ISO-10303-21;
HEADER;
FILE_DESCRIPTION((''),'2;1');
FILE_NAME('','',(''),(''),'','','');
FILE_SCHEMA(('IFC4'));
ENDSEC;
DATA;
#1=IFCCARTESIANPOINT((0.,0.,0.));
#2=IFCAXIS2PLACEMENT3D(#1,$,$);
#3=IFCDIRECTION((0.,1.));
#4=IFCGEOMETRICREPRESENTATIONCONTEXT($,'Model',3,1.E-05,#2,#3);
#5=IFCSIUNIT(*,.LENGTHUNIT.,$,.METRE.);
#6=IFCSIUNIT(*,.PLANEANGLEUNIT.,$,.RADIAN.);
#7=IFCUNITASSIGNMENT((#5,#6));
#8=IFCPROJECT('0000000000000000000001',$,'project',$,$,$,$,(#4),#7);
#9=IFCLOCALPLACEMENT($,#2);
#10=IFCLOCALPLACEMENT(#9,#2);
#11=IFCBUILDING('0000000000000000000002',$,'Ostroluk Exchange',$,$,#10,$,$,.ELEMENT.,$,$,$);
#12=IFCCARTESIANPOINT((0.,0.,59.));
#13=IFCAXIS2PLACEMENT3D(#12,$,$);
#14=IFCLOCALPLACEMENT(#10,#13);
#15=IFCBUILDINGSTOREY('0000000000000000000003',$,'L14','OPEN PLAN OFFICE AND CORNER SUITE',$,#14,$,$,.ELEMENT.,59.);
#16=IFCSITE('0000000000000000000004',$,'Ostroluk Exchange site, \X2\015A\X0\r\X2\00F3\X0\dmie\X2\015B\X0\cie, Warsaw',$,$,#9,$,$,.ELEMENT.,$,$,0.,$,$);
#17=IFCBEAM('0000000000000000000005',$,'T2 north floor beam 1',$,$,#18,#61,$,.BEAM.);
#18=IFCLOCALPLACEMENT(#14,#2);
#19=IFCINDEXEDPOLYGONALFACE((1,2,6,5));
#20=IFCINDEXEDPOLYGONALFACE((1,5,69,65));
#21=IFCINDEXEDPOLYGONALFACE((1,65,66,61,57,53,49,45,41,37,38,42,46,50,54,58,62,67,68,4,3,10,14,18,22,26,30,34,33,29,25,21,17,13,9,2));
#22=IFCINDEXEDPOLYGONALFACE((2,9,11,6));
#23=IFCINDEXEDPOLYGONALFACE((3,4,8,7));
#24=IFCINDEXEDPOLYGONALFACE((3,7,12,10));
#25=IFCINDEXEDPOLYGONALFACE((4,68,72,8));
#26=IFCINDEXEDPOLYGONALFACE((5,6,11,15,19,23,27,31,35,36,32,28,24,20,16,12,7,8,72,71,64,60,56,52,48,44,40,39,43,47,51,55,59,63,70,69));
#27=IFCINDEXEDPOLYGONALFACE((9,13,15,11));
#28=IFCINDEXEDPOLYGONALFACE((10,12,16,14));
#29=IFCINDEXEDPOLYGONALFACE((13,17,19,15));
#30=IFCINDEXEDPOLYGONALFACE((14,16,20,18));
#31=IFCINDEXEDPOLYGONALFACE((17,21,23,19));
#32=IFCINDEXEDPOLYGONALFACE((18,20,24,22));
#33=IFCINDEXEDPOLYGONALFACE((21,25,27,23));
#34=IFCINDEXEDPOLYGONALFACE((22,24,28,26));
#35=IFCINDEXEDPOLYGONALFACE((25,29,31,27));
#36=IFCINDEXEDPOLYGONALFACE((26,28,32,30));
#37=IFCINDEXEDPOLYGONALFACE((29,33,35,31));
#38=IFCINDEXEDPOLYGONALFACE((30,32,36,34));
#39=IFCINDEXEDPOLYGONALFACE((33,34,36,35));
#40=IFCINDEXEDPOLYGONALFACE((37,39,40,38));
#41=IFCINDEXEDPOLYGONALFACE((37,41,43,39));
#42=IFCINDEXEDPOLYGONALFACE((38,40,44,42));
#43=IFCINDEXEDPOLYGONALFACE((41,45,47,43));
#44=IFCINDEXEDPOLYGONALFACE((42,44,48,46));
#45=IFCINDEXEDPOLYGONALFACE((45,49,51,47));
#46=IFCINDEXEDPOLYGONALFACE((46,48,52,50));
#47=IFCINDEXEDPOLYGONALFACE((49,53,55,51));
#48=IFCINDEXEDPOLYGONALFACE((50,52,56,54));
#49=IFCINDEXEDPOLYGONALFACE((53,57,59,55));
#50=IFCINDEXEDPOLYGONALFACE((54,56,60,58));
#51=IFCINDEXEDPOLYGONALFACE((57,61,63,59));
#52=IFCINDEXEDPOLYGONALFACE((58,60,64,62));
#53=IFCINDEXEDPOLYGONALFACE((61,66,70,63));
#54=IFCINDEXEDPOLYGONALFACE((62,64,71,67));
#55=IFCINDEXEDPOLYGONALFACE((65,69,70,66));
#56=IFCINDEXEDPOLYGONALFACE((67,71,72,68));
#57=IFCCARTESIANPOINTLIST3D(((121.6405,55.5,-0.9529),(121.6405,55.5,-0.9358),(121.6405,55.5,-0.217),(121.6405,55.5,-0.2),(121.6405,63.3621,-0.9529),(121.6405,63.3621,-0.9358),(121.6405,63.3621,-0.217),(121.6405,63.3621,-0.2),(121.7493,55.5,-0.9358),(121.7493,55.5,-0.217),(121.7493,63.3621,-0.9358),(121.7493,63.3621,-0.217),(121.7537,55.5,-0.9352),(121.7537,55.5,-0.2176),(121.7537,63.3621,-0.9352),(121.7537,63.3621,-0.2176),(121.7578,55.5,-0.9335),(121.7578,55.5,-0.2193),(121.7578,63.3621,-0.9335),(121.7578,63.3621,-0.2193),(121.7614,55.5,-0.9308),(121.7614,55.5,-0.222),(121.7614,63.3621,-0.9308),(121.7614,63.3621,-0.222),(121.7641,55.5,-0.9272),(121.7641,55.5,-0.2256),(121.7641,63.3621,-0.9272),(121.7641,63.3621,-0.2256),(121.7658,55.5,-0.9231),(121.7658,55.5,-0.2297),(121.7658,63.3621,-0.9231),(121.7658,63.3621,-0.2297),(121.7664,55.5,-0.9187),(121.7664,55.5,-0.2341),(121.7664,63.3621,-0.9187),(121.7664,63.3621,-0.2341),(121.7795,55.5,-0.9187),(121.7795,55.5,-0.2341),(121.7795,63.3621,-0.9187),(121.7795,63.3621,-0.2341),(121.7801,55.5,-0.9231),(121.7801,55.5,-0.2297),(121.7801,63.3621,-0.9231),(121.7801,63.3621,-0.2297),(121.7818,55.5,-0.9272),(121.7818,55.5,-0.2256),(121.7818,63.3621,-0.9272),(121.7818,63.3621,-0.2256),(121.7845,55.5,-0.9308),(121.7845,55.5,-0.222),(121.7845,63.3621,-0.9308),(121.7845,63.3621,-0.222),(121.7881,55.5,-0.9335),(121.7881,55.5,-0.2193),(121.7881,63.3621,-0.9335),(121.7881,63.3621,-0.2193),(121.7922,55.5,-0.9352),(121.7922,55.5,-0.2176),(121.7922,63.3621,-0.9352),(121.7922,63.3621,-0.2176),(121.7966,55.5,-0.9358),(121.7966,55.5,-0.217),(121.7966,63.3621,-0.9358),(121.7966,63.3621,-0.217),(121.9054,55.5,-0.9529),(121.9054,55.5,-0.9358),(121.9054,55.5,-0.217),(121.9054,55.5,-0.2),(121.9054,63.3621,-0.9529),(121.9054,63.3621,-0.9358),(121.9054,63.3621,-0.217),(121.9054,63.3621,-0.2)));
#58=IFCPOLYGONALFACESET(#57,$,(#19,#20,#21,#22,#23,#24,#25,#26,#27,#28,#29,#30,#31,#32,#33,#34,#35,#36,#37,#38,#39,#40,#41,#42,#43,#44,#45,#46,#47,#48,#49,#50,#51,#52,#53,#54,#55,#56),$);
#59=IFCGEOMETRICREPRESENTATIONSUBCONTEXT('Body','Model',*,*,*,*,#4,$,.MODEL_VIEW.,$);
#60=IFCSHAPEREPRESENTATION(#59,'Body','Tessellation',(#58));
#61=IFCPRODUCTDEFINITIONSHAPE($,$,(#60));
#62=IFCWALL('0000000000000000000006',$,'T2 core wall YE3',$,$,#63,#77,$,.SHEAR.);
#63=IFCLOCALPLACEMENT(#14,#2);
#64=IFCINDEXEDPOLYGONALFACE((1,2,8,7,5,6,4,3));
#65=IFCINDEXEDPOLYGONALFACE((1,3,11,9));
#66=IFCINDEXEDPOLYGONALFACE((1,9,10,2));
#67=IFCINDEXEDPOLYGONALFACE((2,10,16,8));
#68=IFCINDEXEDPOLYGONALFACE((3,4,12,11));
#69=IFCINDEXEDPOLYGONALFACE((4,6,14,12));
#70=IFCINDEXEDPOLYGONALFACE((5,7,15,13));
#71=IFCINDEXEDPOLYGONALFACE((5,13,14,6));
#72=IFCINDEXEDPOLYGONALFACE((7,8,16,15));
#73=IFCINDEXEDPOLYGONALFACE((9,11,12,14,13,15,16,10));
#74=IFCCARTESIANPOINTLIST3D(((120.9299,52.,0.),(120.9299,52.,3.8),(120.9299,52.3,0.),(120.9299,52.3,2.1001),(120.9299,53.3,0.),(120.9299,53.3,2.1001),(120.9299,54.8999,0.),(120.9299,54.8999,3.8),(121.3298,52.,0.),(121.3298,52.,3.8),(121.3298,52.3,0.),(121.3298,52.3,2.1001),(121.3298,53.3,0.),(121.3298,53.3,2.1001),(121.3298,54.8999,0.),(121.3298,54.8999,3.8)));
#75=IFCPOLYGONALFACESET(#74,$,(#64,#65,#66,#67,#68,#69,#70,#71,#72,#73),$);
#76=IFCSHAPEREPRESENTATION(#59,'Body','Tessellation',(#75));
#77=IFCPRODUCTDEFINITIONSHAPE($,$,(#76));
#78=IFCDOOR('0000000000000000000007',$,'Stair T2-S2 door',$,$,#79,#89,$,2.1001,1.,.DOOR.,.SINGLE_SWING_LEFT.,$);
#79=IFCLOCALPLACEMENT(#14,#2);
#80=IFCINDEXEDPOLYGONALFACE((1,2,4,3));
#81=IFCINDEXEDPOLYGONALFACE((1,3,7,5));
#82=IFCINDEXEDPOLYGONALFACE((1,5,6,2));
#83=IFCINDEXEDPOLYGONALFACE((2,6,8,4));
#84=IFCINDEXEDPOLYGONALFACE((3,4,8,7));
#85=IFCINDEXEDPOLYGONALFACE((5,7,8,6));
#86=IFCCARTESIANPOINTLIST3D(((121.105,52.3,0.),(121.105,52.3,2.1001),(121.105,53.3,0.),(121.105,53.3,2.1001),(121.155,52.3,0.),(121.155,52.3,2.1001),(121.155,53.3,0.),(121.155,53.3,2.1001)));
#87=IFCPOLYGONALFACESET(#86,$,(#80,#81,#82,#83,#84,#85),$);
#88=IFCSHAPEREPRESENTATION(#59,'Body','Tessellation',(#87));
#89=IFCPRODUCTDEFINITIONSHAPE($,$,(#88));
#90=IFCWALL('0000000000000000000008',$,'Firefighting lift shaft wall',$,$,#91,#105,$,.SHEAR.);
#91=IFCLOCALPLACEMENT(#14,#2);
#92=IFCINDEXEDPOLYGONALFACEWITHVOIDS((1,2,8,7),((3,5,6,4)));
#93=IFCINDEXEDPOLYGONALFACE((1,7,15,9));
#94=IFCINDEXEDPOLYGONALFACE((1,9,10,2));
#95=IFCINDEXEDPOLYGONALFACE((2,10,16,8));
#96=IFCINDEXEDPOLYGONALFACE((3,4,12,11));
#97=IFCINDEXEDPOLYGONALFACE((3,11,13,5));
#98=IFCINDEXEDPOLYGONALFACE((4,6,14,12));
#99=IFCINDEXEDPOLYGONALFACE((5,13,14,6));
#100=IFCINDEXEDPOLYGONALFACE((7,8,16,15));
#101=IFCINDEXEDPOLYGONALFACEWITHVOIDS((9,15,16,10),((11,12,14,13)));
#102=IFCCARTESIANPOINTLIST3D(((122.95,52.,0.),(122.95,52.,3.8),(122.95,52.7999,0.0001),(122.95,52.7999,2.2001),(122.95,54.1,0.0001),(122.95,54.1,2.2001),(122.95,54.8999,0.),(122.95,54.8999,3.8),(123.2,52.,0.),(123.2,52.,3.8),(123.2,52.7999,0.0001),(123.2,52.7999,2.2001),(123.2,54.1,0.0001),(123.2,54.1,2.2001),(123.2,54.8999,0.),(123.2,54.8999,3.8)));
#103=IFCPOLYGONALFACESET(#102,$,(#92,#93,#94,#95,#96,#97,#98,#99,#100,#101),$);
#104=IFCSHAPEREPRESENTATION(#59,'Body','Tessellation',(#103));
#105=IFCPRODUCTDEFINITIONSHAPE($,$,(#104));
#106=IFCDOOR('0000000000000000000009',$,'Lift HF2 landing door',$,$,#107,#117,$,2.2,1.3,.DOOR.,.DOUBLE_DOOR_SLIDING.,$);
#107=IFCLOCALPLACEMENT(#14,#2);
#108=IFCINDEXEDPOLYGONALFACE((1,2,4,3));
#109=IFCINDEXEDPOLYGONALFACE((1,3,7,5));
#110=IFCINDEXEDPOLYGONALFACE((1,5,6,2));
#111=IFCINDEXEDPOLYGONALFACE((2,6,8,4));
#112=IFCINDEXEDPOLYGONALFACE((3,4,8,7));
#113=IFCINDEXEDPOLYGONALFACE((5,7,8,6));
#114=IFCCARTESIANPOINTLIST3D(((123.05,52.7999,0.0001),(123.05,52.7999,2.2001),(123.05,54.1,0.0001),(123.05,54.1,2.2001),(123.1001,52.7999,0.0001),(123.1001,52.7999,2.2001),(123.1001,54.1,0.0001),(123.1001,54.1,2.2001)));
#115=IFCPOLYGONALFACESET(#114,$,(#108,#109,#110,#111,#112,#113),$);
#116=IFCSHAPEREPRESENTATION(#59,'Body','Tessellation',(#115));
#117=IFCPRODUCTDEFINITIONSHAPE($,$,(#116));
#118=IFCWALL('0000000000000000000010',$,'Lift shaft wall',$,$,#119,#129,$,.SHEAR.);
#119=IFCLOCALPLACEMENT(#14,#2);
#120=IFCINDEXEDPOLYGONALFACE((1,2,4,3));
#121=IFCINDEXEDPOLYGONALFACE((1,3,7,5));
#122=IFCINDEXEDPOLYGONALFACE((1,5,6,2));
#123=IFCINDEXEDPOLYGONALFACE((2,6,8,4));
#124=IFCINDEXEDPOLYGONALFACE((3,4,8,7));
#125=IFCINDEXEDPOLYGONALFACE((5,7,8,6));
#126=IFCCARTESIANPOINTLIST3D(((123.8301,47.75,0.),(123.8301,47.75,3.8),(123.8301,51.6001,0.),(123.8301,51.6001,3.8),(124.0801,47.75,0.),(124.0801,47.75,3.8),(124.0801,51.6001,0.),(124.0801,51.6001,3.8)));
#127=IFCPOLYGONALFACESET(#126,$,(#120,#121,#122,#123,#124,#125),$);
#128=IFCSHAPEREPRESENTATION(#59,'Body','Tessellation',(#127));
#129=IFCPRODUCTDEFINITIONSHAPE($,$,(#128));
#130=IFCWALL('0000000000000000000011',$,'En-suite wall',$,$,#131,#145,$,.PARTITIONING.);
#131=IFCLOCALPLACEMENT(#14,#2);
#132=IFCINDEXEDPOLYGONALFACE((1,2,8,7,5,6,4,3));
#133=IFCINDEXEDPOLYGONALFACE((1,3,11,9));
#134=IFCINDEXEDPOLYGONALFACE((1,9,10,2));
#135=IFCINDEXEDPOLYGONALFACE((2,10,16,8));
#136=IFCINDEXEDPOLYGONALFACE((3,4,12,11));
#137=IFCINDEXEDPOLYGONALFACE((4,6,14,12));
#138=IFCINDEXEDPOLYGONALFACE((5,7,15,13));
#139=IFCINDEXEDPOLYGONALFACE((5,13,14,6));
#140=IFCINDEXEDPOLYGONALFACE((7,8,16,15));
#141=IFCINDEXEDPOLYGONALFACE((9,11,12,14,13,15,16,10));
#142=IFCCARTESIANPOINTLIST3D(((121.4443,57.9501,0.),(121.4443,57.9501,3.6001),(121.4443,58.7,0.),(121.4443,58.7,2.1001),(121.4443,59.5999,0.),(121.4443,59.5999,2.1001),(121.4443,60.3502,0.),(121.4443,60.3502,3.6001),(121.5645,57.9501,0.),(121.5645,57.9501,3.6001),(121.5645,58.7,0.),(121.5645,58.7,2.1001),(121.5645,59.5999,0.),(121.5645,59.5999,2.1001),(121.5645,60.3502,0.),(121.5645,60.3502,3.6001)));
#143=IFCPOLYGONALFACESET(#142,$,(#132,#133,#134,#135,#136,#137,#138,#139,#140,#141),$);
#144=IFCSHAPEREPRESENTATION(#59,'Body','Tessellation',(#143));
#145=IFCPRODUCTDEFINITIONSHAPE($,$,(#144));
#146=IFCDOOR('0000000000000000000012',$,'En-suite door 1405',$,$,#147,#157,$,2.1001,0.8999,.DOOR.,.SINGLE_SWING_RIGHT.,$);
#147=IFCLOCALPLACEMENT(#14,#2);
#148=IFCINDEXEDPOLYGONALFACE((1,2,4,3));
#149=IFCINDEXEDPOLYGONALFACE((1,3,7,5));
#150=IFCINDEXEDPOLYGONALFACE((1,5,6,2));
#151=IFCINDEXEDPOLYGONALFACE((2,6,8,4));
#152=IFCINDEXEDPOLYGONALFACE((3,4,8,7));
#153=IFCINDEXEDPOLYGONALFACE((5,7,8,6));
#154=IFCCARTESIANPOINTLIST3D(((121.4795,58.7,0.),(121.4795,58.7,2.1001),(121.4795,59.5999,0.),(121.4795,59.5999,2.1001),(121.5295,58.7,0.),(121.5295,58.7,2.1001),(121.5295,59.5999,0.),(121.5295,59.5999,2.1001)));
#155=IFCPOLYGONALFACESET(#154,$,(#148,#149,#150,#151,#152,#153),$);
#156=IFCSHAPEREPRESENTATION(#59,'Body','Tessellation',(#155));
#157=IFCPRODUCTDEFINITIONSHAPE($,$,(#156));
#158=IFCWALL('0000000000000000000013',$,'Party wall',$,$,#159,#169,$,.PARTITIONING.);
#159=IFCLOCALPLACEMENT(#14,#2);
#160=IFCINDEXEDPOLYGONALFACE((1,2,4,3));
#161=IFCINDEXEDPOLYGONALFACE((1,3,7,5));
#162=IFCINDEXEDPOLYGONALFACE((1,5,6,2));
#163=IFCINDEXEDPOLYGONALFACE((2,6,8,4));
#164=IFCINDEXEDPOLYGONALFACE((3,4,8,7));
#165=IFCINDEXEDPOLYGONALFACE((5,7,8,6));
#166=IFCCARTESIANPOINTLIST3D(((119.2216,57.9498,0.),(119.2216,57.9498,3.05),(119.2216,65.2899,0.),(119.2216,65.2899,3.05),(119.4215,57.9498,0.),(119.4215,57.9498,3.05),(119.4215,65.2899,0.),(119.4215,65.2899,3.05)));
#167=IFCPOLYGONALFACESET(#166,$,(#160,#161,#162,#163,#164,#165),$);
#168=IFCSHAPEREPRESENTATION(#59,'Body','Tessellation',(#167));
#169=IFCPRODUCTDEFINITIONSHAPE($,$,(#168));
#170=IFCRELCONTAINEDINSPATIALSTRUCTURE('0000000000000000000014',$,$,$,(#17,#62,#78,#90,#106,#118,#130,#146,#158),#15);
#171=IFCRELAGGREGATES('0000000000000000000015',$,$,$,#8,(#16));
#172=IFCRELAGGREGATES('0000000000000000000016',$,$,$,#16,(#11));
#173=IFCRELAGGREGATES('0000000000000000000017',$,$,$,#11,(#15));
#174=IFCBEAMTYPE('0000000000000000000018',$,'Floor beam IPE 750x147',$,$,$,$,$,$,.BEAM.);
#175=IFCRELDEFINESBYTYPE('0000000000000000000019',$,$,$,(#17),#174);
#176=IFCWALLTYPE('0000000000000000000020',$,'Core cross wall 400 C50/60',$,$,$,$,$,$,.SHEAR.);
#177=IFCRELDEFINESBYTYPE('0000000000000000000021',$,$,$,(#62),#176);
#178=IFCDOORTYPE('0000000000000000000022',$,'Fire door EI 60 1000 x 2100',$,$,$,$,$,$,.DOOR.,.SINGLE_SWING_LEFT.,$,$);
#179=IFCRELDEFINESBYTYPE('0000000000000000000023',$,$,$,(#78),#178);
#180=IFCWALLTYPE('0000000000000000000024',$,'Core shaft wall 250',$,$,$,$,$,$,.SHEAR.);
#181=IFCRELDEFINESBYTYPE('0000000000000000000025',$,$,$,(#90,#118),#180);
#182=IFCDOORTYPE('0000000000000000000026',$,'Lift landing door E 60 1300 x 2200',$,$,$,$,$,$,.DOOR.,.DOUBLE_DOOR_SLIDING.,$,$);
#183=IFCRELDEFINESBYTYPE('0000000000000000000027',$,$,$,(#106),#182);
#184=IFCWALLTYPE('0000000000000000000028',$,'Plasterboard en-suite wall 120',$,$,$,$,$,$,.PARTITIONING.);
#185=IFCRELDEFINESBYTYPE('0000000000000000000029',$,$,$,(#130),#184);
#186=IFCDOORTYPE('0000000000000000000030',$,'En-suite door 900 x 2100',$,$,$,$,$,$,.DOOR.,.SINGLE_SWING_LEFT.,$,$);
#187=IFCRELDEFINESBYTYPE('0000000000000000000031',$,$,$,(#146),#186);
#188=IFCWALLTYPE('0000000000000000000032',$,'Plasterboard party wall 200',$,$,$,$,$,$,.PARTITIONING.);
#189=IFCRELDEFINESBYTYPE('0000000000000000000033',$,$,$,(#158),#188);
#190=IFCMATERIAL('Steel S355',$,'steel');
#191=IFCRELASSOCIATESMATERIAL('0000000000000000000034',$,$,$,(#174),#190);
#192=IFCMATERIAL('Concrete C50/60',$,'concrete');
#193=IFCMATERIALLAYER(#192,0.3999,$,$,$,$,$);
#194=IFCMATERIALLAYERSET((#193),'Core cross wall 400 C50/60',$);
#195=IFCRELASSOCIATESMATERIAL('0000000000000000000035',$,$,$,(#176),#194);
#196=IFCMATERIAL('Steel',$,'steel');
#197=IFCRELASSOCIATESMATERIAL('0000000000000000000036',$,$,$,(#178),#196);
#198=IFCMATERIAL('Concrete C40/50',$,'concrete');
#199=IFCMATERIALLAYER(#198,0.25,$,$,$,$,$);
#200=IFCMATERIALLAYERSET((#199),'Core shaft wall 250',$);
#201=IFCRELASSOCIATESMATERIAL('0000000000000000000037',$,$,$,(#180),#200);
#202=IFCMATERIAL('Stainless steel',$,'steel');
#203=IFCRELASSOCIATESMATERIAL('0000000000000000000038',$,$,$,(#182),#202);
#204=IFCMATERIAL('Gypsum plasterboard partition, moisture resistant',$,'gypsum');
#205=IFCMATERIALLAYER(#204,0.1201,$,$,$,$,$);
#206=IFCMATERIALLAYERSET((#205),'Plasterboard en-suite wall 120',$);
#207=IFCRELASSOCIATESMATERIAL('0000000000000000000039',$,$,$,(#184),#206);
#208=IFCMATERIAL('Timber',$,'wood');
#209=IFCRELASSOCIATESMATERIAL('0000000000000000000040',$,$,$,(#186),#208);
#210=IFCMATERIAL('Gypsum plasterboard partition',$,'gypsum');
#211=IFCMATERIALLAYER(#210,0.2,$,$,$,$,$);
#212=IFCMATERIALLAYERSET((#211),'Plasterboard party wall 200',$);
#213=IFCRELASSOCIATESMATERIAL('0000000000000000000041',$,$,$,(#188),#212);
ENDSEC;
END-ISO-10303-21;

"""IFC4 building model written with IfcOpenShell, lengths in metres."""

from ifc_helpers import new_model, si_unit, direction, frame, frame_2d, origin, origin_2d, place, context, subcontext, project, spatial, rectangle, i_section, extrude, material, layer, layer_set, material_profile, profile_set, type_object, element, fill, save


model = new_model("IFC4")

# Units and contexts
model_context = context("Model", 3, precision=1e-05, world=origin(), true_north=direction((0.0, 1.0)))
body_context = subcontext(model_context, "Body", "Model", "MODEL_VIEW")
ifc_project = project(units=[si_unit("LENGTHUNIT", "METRE"), si_unit("PLANEANGLEUNIT", "RADIAN")], contexts=[model_context])

# Site, building, storey
site_placement = place(None, origin())
site = spatial("IfcSite", under=ifc_project, at=site_placement, Name="Ostroluk Exchange site, Śródmieście, Warsaw", CompositionType="ELEMENT", RefElevation=0.0)
building_placement = place(site_placement, origin())
building = spatial("IfcBuilding", under=site, at=building_placement, Name="Ostroluk Exchange", CompositionType="ELEMENT")
storey_placement = place(building_placement, frame((0.0, 0.0, 59.0)))
storey = spatial("IfcBuildingStorey", under=building, at=storey_placement, Name="L14", Description="OPEN PLAN OFFICE AND CORNER SUITE", CompositionType="ELEMENT", Elevation=59.0)

# Beam
ifc_material_1 = material(Name="Steel S355", Category="steel")
ifc_material_profile = material_profile(ifc_material_1, i_section(OverallWidth=0.2649, OverallDepth=0.7529, WebThickness=0.0132, FlangeThickness=0.0171, FilletRadius=0.0171, at=origin_2d()), Name="IPE 750x147")
ifc_profile_set = profile_set([ifc_material_profile], Name="Steel S355")
beam_type = type_object("IfcBeamType", Name="Floor beam IPE 750x147", PredefinedType="BEAM", material=ifc_profile_set)
beam_placement = place(storey_placement, frame((121.7729, 55.5, -0.5764), z_axis=(0.0, 1.0, 0.0), x_axis=(-1.0, 0.0, 0.0)))
element("IfcBeam", 1, at=beam_placement, inside=storey, type_object=beam_type, Name="T2 north floor beam 1", PredefinedType="BEAM", context=body_context, shape_type="SweptSolid", body=[
    extrude(i_section(OverallWidth=0.2649, OverallDepth=0.7529, WebThickness=0.0132, FlangeThickness=0.0171, FilletRadius=0.0171, at=origin_2d()), origin(), (0.0, 0.0, 1.0), 7.8621),
])

# Walls, openings, doors
ifc_material_2 = material(Name="Concrete C50/60", Category="concrete")
ifc_layer_1 = layer(ifc_material_2, 0.3999)
ifc_layer_set_1 = layer_set([ifc_layer_1], Name="Core cross wall 400 C50/60")
wall_type_1 = type_object("IfcWallType", Name="Core cross wall 400 C50/60", PredefinedType="SHEAR", material=ifc_layer_set_1)
wall_1_placement = place(storey_placement, frame((121.1299, 52.0, 0.0), z_axis=(0.0, 0.0, 1.0), x_axis=(0.0, 1.0, 0.0)))
wall_1 = element("IfcWall", 2, at=wall_1_placement, inside=storey, type_object=wall_type_1, Name="T2 core wall YE3", PredefinedType="SHEAR", context=body_context, shape_type="SweptSolid", body=[
    extrude(rectangle(XDim=2.8999, YDim=0.3999, at=frame_2d((1.45, 0.0))), origin(), (0.0, 0.0, 1.0), 3.8),
])
opening_1_placement = place(wall_1_placement, frame((0.3, 0.0, 0.0)))
opening_1 = element("IfcOpeningElement", 3, at=opening_1_placement, cuts=wall_1, PredefinedType="OPENING", context=body_context, shape_type="SweptSolid", body=[
    extrude(rectangle(XDim=1.0, YDim=2.1001, at=frame_2d((0.5, 1.05))), frame((0.0, 0.21, 0.0), z_axis=(0.0, -1.0, 0.0), x_axis=(1.0, 0.0, 0.0)), (0.0, 0.0, 1.0), 0.4199),
])
ifc_material_3 = material(Name="Steel", Category="steel")
door_type_1 = type_object("IfcDoorType", Name="Fire door EI 60 1000 x 2100", OperationType="SINGLE_SWING_LEFT", PredefinedType="DOOR", material=ifc_material_3)
door_1_placement = place(opening_1_placement, origin())
door_1 = element("IfcDoor", 4, at=door_1_placement, inside=storey, type_object=door_type_1, Name="Stair T2-S2 door", OperationType="SINGLE_SWING_LEFT", OverallHeight=2.1001, OverallWidth=1.0, PredefinedType="DOOR", context=body_context, shape_type="SweptSolid", body=[
    extrude(rectangle(XDim=1.0, YDim=2.1001, at=frame_2d((0.5, 1.05))), frame((0.0, 0.0249, 0.0), z_axis=(0.0, -1.0, 0.0), x_axis=(1.0, 0.0, 0.0)), (0.0, 0.0, 1.0), 0.05),
])
fill(opening_1, door_1)
ifc_material_4 = material(Name="Concrete C40/50", Category="concrete")
ifc_layer_2 = layer(ifc_material_4, 0.25)
ifc_layer_set_2 = layer_set([ifc_layer_2], Name="Core shaft wall 250")
wall_type_2 = type_object("IfcWallType", Name="Core shaft wall 250", PredefinedType="SHEAR", material=ifc_layer_set_2)
wall_2_placement = place(storey_placement, frame((123.075, 52.0, 0.0), z_axis=(0.0, 0.0, 1.0), x_axis=(0.0, 1.0, 0.0)))
wall_2 = element("IfcWall", 5, at=wall_2_placement, inside=storey, type_object=wall_type_2, Name="Firefighting lift shaft wall", PredefinedType="SHEAR", context=body_context, shape_type="SweptSolid", body=[
    extrude(rectangle(XDim=2.8999, YDim=0.25, at=frame_2d((1.45, 0.0))), origin(), (0.0, 0.0, 1.0), 3.8),
])
opening_2_placement = place(wall_2_placement, frame((0.8, 0.0, 0.0)))
opening_2 = element("IfcOpeningElement", 6, at=opening_2_placement, cuts=wall_2, PredefinedType="OPENING", context=body_context, shape_type="SweptSolid", body=[
    extrude(rectangle(XDim=1.3, YDim=2.2, at=frame_2d((0.6499, 1.1001))), frame((0.0, 0.135, 0.0), z_axis=(0.0, -1.0, 0.0), x_axis=(1.0, 0.0, 0.0)), (0.0, 0.0, 1.0), 0.27),
])
ifc_material_5 = material(Name="Stainless steel", Category="steel")
door_type_2 = type_object("IfcDoorType", Name="Lift landing door E 60 1300 x 2200", OperationType="DOUBLE_DOOR_SLIDING", PredefinedType="DOOR", material=ifc_material_5)
door_2_placement = place(opening_2_placement, origin())
door_2 = element("IfcDoor", 7, at=door_2_placement, inside=storey, type_object=door_type_2, Name="Lift HF2 landing door", OperationType="DOUBLE_DOOR_SLIDING", OverallHeight=2.2, OverallWidth=1.3, PredefinedType="DOOR", context=body_context, shape_type="SweptSolid", body=[
    extrude(rectangle(XDim=1.3, YDim=2.2, at=frame_2d((0.6499, 1.1001))), frame((0.0, 0.0249, 0.0), z_axis=(0.0, -1.0, 0.0), x_axis=(1.0, 0.0, 0.0)), (0.0, 0.0, 1.0), 0.05),
])
fill(opening_2, door_2)

# Wall
wall_3_placement = place(storey_placement, frame((123.9551, 47.75, 0.0), z_axis=(0.0, 0.0, 1.0), x_axis=(0.0, 1.0, 0.0)))
element("IfcWall", 8, at=wall_3_placement, inside=storey, type_object=wall_type_2, Name="Lift shaft wall", PredefinedType="SHEAR", context=body_context, shape_type="SweptSolid", body=[
    extrude(rectangle(XDim=3.8501, YDim=0.25, at=frame_2d((1.925, 0.0))), origin(), (0.0, 0.0, 1.0), 3.8),
])

# Wall, opening, door
ifc_material_6 = material(Name="Gypsum plasterboard partition, moisture resistant", Category="gypsum")
ifc_layer_3 = layer(ifc_material_6, 0.1201)
ifc_layer_set_3 = layer_set([ifc_layer_3], Name="Plasterboard en-suite wall 120")
wall_type_3 = type_object("IfcWallType", Name="Plasterboard en-suite wall 120", PredefinedType="PARTITIONING", material=ifc_layer_set_3)
wall_4_placement = place(storey_placement, frame((121.5044, 57.95, 0.0), z_axis=(0.0, 0.0, 1.0), x_axis=(0.0, 1.0, 0.0)))
wall_4 = element("IfcWall", 9, at=wall_4_placement, inside=storey, type_object=wall_type_3, Name="En-suite wall", PredefinedType="PARTITIONING", context=body_context, shape_type="SweptSolid", body=[
    extrude(rectangle(XDim=2.4001, YDim=0.1201, at=frame_2d((1.2002, 0.0))), origin(), (0.0, 0.0, 1.0), 3.6001),
])
opening_3_placement = place(wall_4_placement, frame((0.75, 0.0, 0.0)))
opening_3 = element("IfcOpeningElement", 10, at=opening_3_placement, cuts=wall_4, PredefinedType="OPENING", context=body_context, shape_type="SweptSolid", body=[
    extrude(rectangle(XDim=0.8999, YDim=2.1001, at=frame_2d((0.45, 1.05))), frame((0.0, 0.0701, 0.0), z_axis=(0.0, -1.0, 0.0), x_axis=(1.0, 0.0, 0.0)), (0.0, 0.0, 1.0), 0.1401),
])
ifc_material_7 = material(Name="Timber", Category="wood")
door_type_3 = type_object("IfcDoorType", Name="En-suite door 900 x 2100", OperationType="SINGLE_SWING_LEFT", PredefinedType="DOOR", material=ifc_material_7)
door_3_placement = place(opening_3_placement, origin())
door_3 = element("IfcDoor", 11, at=door_3_placement, inside=storey, type_object=door_type_3, Name="En-suite door 1405", OperationType="SINGLE_SWING_RIGHT", OverallHeight=2.1001, OverallWidth=0.8999, PredefinedType="DOOR", context=body_context, shape_type="SweptSolid", body=[
    extrude(rectangle(XDim=0.8999, YDim=2.1001, at=frame_2d((0.45, 1.05))), frame((0.0, 0.0249, 0.0), z_axis=(0.0, -1.0, 0.0), x_axis=(1.0, 0.0, 0.0)), (0.0, 0.0, 1.0), 0.05),
])
fill(opening_3, door_3)

# Wall
ifc_material_8 = material(Name="Gypsum plasterboard partition", Category="gypsum")
ifc_layer_4 = layer(ifc_material_8, 0.2)
ifc_layer_set_4 = layer_set([ifc_layer_4], Name="Plasterboard party wall 200")
wall_type_4 = type_object("IfcWallType", Name="Plasterboard party wall 200", PredefinedType="PARTITIONING", material=ifc_layer_set_4)
wall_5_placement = place(storey_placement, frame((119.3215, 57.95, 0.0), z_axis=(0.0, 0.0, 1.0), x_axis=(0.0, 1.0, 0.0)))
element("IfcWall", 12, at=wall_5_placement, inside=storey, type_object=wall_type_4, Name="Party wall", PredefinedType="PARTITIONING", context=body_context, shape_type="SweptSolid", body=[
    extrude(rectangle(XDim=7.3401, YDim=0.2, at=frame_2d((3.6699, 0.0))), origin(), (0.0, 0.0, 1.0), 3.05),
])

save(model, "model.ifc")
